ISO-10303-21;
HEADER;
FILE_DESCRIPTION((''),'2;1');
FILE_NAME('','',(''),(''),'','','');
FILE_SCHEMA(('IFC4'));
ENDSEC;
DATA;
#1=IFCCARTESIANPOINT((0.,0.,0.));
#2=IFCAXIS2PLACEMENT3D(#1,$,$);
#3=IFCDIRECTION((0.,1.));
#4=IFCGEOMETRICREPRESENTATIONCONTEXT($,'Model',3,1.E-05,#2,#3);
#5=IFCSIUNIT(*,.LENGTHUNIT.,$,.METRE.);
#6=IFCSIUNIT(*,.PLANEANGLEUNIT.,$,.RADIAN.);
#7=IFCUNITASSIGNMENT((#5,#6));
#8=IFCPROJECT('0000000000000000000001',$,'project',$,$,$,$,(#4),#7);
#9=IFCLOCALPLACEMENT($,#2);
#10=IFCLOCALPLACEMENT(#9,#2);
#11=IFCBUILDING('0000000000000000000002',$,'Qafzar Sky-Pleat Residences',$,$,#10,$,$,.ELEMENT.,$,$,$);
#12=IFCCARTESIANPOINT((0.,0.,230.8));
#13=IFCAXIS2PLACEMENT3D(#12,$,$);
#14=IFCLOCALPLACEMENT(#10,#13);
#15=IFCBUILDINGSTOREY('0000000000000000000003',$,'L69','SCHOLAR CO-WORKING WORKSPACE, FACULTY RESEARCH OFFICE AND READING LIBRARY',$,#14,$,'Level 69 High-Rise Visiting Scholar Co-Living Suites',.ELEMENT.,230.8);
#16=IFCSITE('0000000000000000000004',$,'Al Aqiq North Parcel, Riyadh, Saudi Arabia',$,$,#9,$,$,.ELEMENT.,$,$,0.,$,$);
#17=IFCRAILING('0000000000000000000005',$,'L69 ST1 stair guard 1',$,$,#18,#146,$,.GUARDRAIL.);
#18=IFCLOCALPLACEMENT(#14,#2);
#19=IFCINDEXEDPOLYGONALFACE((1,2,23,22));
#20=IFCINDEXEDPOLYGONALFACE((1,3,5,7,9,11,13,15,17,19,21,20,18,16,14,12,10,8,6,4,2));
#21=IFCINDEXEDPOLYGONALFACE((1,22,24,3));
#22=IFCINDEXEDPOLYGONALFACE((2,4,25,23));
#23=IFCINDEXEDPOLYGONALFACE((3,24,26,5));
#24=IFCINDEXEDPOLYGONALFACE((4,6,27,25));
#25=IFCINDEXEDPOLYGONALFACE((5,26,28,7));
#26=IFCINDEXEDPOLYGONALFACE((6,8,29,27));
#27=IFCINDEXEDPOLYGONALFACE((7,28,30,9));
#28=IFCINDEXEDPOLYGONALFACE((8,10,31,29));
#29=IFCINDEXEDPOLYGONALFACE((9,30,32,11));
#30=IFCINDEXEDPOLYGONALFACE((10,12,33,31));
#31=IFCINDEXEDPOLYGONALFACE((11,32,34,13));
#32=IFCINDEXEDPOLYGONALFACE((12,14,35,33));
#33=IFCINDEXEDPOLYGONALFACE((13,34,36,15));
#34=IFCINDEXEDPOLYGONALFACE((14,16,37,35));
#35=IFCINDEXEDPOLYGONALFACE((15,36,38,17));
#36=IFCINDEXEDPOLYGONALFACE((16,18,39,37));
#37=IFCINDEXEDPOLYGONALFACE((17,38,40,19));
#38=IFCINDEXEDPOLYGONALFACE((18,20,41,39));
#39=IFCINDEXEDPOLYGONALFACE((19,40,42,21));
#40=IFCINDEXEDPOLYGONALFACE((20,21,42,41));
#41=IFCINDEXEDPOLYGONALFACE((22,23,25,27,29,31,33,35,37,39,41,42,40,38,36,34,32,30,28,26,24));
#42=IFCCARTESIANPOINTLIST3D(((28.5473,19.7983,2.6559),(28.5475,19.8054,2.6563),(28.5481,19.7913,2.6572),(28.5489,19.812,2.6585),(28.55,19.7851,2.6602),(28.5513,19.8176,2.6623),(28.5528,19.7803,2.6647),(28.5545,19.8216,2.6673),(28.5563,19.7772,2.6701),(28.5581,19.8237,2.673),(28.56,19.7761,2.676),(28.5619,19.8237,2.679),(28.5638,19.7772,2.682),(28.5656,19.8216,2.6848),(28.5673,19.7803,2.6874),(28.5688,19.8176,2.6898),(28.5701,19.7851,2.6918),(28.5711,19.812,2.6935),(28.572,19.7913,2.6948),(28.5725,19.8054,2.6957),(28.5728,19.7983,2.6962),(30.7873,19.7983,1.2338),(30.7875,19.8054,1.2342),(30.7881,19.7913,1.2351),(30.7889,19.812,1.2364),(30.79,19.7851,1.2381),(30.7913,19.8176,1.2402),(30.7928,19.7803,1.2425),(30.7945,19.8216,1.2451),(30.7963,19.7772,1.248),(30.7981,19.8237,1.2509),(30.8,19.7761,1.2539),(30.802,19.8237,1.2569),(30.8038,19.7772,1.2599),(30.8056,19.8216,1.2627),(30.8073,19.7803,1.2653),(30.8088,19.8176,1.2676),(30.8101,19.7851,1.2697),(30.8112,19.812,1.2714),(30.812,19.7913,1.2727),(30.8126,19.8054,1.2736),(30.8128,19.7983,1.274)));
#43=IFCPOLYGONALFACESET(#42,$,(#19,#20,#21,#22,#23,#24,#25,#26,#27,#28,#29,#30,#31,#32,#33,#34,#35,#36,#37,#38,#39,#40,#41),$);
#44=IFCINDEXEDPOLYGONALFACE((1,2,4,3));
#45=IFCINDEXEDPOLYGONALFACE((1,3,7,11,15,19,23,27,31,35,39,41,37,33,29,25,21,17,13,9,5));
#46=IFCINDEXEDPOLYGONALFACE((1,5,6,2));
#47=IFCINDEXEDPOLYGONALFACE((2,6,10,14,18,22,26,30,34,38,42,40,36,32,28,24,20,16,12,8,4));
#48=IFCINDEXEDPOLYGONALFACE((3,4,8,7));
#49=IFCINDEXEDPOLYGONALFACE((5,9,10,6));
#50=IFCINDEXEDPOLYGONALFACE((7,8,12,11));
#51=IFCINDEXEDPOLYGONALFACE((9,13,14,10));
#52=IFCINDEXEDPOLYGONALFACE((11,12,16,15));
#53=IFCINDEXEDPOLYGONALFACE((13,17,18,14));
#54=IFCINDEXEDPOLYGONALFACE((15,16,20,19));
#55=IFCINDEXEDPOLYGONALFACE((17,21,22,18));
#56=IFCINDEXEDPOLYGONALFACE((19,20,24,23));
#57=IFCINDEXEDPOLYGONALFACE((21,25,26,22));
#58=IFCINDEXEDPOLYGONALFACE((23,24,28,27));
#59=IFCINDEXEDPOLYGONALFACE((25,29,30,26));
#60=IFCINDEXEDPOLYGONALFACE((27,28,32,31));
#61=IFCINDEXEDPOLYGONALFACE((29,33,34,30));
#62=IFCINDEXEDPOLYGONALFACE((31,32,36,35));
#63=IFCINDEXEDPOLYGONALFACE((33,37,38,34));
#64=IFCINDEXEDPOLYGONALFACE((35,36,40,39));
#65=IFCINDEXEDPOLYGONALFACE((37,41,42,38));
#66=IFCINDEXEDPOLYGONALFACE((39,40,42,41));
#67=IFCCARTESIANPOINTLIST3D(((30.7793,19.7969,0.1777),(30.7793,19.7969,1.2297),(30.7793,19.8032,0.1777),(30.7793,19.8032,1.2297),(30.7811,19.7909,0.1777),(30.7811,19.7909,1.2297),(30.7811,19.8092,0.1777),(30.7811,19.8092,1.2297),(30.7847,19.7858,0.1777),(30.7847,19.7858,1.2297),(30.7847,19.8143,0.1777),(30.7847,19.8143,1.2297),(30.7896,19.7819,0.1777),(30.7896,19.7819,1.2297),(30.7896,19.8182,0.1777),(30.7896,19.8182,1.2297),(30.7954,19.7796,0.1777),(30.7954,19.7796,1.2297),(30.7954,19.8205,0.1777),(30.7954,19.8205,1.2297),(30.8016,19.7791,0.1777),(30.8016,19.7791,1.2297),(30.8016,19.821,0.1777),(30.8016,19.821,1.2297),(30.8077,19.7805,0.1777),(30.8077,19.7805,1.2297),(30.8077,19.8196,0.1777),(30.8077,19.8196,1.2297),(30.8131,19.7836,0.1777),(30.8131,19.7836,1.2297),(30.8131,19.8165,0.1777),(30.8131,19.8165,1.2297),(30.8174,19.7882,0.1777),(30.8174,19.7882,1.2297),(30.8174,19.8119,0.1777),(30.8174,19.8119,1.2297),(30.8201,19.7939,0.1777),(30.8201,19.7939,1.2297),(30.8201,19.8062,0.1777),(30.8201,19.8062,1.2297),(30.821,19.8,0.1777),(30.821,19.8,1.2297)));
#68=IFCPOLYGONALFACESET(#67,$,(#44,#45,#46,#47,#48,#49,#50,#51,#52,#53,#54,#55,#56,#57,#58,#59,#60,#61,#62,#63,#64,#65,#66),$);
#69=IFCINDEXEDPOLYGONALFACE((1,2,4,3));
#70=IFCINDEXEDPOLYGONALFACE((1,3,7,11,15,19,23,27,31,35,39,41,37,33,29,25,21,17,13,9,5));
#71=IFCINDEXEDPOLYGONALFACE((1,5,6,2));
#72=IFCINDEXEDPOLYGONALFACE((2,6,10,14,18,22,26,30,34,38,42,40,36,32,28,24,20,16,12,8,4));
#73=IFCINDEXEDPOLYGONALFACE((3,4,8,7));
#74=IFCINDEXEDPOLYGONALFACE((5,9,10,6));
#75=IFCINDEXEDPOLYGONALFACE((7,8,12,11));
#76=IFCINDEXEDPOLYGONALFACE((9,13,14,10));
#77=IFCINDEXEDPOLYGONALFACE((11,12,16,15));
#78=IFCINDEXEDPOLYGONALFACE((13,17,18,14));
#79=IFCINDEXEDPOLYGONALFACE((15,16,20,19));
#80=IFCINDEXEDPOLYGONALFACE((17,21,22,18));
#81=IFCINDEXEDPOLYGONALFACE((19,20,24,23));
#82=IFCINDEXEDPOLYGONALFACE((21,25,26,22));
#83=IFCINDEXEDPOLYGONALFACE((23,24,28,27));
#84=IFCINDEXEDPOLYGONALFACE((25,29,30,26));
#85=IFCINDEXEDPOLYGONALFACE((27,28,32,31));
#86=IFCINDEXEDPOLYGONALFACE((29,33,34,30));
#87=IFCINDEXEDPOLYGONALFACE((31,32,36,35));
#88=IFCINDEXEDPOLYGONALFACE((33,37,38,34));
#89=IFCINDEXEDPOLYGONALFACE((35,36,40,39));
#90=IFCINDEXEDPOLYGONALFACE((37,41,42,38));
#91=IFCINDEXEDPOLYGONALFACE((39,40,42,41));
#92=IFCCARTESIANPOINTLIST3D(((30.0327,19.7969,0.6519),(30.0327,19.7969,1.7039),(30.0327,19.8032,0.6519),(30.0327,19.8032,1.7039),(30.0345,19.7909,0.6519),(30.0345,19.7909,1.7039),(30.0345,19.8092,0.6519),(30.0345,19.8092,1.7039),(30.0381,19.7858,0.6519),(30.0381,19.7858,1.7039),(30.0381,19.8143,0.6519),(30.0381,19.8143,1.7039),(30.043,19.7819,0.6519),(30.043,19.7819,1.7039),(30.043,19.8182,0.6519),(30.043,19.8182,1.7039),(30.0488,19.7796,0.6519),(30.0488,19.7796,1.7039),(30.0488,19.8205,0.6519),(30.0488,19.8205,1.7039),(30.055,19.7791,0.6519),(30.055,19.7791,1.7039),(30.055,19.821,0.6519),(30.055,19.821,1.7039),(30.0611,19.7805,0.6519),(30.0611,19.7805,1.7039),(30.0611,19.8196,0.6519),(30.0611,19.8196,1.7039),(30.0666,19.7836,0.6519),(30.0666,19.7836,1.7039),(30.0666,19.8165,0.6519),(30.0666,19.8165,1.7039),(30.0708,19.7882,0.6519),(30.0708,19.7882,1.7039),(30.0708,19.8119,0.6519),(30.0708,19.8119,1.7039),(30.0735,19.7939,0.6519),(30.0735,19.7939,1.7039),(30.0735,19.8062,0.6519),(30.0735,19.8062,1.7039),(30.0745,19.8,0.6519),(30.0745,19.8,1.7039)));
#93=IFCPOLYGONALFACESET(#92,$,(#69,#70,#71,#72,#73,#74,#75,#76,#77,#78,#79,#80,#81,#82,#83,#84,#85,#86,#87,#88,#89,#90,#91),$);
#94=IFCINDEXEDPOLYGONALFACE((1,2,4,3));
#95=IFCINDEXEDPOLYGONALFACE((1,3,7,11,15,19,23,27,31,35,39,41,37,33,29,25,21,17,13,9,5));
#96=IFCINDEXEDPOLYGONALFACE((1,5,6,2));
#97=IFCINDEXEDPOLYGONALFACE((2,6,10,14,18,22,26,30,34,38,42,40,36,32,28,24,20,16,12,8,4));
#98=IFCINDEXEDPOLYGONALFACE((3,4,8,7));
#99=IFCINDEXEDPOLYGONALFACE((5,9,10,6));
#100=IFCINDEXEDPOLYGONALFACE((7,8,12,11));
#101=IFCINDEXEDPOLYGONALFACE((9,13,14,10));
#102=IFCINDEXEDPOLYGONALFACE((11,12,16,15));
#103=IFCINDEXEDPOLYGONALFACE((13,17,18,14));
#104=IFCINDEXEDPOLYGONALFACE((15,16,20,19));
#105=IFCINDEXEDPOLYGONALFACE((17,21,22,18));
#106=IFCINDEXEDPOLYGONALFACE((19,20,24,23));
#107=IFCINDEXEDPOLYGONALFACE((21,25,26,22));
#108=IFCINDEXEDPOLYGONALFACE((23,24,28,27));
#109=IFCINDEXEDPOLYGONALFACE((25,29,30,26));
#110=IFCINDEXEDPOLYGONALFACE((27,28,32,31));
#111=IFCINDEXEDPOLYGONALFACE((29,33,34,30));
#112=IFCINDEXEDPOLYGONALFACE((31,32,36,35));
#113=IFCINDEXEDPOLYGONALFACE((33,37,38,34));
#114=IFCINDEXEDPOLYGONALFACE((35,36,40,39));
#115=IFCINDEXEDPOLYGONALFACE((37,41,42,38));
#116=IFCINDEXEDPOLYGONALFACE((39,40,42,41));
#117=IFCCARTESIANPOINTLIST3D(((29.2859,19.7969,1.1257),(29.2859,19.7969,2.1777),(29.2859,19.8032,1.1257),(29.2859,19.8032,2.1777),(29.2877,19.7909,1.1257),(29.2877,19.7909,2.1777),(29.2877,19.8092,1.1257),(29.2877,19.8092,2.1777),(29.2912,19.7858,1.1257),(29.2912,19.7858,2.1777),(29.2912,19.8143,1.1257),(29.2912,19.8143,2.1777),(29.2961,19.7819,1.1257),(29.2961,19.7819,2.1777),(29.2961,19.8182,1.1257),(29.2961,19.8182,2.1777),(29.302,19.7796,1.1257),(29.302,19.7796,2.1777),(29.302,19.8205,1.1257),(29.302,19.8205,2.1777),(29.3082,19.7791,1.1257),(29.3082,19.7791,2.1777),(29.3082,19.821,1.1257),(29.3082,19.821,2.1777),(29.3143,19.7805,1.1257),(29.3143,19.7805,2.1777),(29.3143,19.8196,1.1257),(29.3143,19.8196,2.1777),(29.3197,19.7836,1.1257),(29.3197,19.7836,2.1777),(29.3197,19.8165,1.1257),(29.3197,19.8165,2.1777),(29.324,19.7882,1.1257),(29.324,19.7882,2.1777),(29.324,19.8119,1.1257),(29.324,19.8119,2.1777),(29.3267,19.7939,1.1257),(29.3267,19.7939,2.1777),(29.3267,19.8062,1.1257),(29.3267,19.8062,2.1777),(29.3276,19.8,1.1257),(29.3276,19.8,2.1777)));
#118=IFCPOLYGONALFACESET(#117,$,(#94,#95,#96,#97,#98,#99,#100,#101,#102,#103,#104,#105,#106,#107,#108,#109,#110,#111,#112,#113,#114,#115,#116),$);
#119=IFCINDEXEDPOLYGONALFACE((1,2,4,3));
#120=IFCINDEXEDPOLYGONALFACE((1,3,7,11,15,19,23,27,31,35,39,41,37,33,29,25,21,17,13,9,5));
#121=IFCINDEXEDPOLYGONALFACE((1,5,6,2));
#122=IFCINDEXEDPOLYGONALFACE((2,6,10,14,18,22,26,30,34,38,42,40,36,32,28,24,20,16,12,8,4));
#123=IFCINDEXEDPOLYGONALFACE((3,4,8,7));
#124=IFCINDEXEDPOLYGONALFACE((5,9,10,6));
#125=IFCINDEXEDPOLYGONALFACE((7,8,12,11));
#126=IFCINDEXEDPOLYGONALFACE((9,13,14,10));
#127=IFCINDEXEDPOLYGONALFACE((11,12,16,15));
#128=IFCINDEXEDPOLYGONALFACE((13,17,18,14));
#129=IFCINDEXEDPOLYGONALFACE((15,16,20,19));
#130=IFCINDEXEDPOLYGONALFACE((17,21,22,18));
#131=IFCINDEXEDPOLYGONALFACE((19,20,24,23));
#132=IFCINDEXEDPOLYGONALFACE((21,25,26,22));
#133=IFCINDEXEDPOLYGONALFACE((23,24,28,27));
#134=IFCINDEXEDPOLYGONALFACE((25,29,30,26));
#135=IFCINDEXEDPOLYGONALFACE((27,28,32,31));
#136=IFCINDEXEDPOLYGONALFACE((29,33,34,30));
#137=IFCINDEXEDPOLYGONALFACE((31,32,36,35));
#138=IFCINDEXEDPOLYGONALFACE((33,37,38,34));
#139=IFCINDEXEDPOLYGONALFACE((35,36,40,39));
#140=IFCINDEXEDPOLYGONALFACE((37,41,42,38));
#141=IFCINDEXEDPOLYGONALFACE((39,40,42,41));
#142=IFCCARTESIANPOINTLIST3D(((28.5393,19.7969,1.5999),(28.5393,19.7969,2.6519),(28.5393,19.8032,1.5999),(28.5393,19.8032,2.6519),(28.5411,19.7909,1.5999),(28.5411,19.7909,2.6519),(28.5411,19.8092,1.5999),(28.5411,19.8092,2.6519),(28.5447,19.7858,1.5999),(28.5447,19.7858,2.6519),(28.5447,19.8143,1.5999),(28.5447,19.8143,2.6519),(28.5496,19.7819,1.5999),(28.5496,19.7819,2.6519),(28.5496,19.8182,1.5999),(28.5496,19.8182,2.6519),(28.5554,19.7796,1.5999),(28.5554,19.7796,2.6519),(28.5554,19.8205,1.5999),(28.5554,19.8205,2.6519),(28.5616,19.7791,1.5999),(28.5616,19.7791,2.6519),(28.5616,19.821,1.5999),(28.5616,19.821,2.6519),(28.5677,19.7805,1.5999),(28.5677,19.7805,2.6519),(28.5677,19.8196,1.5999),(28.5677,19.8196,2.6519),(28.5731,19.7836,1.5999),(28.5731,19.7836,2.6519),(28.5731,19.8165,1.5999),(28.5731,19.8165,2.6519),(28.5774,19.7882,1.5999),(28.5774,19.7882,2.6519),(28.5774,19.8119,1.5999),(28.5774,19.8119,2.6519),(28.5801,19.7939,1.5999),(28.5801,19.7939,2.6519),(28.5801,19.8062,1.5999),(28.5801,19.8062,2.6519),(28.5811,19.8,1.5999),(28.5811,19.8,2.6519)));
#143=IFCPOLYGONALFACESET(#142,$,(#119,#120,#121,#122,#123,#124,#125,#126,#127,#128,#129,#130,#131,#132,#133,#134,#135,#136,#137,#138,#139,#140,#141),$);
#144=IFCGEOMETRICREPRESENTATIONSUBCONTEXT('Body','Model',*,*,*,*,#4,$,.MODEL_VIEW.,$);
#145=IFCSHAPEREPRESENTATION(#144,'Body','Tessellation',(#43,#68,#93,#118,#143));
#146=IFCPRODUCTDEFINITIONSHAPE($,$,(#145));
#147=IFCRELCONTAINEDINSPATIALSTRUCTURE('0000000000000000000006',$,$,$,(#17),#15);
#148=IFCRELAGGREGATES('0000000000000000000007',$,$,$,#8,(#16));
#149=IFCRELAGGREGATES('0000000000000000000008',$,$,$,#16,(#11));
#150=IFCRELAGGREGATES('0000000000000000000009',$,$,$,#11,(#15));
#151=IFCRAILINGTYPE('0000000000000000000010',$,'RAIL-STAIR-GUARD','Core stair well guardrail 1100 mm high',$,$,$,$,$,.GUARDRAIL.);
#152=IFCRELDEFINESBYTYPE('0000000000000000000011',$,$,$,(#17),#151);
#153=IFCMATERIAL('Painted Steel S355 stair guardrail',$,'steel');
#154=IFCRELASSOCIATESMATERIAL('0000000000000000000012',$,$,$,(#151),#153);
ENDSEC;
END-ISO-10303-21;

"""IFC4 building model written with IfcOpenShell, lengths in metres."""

from ifc_helpers import new_model, si_unit, direction, frame, origin, origin_2d, place, context, subcontext, project, spatial, circle, extrude, source, transform, mapped, material, type_object, element, save


model = new_model("IFC4")

# Units and contexts
model_context = context("Model", 3, precision=1e-05, world=origin(), true_north=direction((0.0, 1.0)))
body_context = subcontext(model_context, "Body", "Model", "MODEL_VIEW")
ifc_project = project(units=[si_unit("LENGTHUNIT", "METRE"), si_unit("PLANEANGLEUNIT", "RADIAN")], contexts=[model_context])

# Site, building, storey
site_placement = place(None, origin())
site = spatial("IfcSite", under=ifc_project, at=site_placement, Name="Al Aqiq North Parcel, Riyadh, Saudi Arabia", CompositionType="ELEMENT", RefElevation=0.0)
building_placement = place(site_placement, origin())
building = spatial("IfcBuilding", under=site, at=building_placement, Name="Qafzar Sky-Pleat Residences", CompositionType="ELEMENT")
storey_placement = place(building_placement, frame((0.0, 0.0, 230.8)))
storey = spatial("IfcBuildingStorey", under=building, at=storey_placement, Name="L69", Description="SCHOLAR CO-WORKING WORKSPACE, FACULTY RESEARCH OFFICE AND READING LIBRARY", LongName="Level 69 High-Rise Visiting Scholar Co-Living Suites", CompositionType="ELEMENT", Elevation=230.8)

# Railing
ifc_material_1 = material(Name="Painted Steel S355 stair guardrail", Category="steel")
railing_type_1 = type_object("IfcRailingType", Name="RAIL-STAIR-GUARD", Description="Core stair well guardrail 1100 mm high", PredefinedType="GUARDRAIL", material=ifc_material_1)
shared_shape_1 = source(origin(), body_context, "Body", "SweptSolid", [
    extrude(circle(Radius=0.0239, at=origin_2d()), frame((0.0, 0.0, 1.0762), z_axis=(-0.844229, 0.0, 0.535982), x_axis=(0.0, -1.0, 0.0)), (0.0, 0.0, 1.0), 2.6533),
    extrude(circle(Radius=0.021, at=origin_2d()), origin(), (0.0, 0.0, 1.0), 1.052),
    extrude(circle(Radius=0.021, at=origin_2d()), frame((-0.7466, 0.0, 0.4741)), (0.0, 0.0, 1.0), 1.052),
    extrude(circle(Radius=0.021, at=origin_2d()), frame((-1.4934, 0.0, 0.948)), (0.0, 0.0, 1.0), 1.052),
    extrude(circle(Radius=0.021, at=origin_2d()), frame((-2.24, 0.0, 1.4221)), (0.0, 0.0, 1.0), 1.052),
])
railing_1_placement = place(storey_placement, frame((30.8, 19.8, 0.1777)))
element("IfcRailing", 1, at=railing_1_placement, inside=storey, type_object=railing_type_1, Name="L69 ST1 stair guard 1", PredefinedType="GUARDRAIL", context=body_context, shape_type="MappedRepresentation", body=[
    mapped(shared_shape_1, transform((0.0, 0.0, 0.0), x_axis=(1.0, 0.0, 0.0), y_axis=(0.0, 1.0, 0.0), z_axis=(0.0, 0.0, 1.0), scale=1.0)),
])

save(model, "model.ifc")
